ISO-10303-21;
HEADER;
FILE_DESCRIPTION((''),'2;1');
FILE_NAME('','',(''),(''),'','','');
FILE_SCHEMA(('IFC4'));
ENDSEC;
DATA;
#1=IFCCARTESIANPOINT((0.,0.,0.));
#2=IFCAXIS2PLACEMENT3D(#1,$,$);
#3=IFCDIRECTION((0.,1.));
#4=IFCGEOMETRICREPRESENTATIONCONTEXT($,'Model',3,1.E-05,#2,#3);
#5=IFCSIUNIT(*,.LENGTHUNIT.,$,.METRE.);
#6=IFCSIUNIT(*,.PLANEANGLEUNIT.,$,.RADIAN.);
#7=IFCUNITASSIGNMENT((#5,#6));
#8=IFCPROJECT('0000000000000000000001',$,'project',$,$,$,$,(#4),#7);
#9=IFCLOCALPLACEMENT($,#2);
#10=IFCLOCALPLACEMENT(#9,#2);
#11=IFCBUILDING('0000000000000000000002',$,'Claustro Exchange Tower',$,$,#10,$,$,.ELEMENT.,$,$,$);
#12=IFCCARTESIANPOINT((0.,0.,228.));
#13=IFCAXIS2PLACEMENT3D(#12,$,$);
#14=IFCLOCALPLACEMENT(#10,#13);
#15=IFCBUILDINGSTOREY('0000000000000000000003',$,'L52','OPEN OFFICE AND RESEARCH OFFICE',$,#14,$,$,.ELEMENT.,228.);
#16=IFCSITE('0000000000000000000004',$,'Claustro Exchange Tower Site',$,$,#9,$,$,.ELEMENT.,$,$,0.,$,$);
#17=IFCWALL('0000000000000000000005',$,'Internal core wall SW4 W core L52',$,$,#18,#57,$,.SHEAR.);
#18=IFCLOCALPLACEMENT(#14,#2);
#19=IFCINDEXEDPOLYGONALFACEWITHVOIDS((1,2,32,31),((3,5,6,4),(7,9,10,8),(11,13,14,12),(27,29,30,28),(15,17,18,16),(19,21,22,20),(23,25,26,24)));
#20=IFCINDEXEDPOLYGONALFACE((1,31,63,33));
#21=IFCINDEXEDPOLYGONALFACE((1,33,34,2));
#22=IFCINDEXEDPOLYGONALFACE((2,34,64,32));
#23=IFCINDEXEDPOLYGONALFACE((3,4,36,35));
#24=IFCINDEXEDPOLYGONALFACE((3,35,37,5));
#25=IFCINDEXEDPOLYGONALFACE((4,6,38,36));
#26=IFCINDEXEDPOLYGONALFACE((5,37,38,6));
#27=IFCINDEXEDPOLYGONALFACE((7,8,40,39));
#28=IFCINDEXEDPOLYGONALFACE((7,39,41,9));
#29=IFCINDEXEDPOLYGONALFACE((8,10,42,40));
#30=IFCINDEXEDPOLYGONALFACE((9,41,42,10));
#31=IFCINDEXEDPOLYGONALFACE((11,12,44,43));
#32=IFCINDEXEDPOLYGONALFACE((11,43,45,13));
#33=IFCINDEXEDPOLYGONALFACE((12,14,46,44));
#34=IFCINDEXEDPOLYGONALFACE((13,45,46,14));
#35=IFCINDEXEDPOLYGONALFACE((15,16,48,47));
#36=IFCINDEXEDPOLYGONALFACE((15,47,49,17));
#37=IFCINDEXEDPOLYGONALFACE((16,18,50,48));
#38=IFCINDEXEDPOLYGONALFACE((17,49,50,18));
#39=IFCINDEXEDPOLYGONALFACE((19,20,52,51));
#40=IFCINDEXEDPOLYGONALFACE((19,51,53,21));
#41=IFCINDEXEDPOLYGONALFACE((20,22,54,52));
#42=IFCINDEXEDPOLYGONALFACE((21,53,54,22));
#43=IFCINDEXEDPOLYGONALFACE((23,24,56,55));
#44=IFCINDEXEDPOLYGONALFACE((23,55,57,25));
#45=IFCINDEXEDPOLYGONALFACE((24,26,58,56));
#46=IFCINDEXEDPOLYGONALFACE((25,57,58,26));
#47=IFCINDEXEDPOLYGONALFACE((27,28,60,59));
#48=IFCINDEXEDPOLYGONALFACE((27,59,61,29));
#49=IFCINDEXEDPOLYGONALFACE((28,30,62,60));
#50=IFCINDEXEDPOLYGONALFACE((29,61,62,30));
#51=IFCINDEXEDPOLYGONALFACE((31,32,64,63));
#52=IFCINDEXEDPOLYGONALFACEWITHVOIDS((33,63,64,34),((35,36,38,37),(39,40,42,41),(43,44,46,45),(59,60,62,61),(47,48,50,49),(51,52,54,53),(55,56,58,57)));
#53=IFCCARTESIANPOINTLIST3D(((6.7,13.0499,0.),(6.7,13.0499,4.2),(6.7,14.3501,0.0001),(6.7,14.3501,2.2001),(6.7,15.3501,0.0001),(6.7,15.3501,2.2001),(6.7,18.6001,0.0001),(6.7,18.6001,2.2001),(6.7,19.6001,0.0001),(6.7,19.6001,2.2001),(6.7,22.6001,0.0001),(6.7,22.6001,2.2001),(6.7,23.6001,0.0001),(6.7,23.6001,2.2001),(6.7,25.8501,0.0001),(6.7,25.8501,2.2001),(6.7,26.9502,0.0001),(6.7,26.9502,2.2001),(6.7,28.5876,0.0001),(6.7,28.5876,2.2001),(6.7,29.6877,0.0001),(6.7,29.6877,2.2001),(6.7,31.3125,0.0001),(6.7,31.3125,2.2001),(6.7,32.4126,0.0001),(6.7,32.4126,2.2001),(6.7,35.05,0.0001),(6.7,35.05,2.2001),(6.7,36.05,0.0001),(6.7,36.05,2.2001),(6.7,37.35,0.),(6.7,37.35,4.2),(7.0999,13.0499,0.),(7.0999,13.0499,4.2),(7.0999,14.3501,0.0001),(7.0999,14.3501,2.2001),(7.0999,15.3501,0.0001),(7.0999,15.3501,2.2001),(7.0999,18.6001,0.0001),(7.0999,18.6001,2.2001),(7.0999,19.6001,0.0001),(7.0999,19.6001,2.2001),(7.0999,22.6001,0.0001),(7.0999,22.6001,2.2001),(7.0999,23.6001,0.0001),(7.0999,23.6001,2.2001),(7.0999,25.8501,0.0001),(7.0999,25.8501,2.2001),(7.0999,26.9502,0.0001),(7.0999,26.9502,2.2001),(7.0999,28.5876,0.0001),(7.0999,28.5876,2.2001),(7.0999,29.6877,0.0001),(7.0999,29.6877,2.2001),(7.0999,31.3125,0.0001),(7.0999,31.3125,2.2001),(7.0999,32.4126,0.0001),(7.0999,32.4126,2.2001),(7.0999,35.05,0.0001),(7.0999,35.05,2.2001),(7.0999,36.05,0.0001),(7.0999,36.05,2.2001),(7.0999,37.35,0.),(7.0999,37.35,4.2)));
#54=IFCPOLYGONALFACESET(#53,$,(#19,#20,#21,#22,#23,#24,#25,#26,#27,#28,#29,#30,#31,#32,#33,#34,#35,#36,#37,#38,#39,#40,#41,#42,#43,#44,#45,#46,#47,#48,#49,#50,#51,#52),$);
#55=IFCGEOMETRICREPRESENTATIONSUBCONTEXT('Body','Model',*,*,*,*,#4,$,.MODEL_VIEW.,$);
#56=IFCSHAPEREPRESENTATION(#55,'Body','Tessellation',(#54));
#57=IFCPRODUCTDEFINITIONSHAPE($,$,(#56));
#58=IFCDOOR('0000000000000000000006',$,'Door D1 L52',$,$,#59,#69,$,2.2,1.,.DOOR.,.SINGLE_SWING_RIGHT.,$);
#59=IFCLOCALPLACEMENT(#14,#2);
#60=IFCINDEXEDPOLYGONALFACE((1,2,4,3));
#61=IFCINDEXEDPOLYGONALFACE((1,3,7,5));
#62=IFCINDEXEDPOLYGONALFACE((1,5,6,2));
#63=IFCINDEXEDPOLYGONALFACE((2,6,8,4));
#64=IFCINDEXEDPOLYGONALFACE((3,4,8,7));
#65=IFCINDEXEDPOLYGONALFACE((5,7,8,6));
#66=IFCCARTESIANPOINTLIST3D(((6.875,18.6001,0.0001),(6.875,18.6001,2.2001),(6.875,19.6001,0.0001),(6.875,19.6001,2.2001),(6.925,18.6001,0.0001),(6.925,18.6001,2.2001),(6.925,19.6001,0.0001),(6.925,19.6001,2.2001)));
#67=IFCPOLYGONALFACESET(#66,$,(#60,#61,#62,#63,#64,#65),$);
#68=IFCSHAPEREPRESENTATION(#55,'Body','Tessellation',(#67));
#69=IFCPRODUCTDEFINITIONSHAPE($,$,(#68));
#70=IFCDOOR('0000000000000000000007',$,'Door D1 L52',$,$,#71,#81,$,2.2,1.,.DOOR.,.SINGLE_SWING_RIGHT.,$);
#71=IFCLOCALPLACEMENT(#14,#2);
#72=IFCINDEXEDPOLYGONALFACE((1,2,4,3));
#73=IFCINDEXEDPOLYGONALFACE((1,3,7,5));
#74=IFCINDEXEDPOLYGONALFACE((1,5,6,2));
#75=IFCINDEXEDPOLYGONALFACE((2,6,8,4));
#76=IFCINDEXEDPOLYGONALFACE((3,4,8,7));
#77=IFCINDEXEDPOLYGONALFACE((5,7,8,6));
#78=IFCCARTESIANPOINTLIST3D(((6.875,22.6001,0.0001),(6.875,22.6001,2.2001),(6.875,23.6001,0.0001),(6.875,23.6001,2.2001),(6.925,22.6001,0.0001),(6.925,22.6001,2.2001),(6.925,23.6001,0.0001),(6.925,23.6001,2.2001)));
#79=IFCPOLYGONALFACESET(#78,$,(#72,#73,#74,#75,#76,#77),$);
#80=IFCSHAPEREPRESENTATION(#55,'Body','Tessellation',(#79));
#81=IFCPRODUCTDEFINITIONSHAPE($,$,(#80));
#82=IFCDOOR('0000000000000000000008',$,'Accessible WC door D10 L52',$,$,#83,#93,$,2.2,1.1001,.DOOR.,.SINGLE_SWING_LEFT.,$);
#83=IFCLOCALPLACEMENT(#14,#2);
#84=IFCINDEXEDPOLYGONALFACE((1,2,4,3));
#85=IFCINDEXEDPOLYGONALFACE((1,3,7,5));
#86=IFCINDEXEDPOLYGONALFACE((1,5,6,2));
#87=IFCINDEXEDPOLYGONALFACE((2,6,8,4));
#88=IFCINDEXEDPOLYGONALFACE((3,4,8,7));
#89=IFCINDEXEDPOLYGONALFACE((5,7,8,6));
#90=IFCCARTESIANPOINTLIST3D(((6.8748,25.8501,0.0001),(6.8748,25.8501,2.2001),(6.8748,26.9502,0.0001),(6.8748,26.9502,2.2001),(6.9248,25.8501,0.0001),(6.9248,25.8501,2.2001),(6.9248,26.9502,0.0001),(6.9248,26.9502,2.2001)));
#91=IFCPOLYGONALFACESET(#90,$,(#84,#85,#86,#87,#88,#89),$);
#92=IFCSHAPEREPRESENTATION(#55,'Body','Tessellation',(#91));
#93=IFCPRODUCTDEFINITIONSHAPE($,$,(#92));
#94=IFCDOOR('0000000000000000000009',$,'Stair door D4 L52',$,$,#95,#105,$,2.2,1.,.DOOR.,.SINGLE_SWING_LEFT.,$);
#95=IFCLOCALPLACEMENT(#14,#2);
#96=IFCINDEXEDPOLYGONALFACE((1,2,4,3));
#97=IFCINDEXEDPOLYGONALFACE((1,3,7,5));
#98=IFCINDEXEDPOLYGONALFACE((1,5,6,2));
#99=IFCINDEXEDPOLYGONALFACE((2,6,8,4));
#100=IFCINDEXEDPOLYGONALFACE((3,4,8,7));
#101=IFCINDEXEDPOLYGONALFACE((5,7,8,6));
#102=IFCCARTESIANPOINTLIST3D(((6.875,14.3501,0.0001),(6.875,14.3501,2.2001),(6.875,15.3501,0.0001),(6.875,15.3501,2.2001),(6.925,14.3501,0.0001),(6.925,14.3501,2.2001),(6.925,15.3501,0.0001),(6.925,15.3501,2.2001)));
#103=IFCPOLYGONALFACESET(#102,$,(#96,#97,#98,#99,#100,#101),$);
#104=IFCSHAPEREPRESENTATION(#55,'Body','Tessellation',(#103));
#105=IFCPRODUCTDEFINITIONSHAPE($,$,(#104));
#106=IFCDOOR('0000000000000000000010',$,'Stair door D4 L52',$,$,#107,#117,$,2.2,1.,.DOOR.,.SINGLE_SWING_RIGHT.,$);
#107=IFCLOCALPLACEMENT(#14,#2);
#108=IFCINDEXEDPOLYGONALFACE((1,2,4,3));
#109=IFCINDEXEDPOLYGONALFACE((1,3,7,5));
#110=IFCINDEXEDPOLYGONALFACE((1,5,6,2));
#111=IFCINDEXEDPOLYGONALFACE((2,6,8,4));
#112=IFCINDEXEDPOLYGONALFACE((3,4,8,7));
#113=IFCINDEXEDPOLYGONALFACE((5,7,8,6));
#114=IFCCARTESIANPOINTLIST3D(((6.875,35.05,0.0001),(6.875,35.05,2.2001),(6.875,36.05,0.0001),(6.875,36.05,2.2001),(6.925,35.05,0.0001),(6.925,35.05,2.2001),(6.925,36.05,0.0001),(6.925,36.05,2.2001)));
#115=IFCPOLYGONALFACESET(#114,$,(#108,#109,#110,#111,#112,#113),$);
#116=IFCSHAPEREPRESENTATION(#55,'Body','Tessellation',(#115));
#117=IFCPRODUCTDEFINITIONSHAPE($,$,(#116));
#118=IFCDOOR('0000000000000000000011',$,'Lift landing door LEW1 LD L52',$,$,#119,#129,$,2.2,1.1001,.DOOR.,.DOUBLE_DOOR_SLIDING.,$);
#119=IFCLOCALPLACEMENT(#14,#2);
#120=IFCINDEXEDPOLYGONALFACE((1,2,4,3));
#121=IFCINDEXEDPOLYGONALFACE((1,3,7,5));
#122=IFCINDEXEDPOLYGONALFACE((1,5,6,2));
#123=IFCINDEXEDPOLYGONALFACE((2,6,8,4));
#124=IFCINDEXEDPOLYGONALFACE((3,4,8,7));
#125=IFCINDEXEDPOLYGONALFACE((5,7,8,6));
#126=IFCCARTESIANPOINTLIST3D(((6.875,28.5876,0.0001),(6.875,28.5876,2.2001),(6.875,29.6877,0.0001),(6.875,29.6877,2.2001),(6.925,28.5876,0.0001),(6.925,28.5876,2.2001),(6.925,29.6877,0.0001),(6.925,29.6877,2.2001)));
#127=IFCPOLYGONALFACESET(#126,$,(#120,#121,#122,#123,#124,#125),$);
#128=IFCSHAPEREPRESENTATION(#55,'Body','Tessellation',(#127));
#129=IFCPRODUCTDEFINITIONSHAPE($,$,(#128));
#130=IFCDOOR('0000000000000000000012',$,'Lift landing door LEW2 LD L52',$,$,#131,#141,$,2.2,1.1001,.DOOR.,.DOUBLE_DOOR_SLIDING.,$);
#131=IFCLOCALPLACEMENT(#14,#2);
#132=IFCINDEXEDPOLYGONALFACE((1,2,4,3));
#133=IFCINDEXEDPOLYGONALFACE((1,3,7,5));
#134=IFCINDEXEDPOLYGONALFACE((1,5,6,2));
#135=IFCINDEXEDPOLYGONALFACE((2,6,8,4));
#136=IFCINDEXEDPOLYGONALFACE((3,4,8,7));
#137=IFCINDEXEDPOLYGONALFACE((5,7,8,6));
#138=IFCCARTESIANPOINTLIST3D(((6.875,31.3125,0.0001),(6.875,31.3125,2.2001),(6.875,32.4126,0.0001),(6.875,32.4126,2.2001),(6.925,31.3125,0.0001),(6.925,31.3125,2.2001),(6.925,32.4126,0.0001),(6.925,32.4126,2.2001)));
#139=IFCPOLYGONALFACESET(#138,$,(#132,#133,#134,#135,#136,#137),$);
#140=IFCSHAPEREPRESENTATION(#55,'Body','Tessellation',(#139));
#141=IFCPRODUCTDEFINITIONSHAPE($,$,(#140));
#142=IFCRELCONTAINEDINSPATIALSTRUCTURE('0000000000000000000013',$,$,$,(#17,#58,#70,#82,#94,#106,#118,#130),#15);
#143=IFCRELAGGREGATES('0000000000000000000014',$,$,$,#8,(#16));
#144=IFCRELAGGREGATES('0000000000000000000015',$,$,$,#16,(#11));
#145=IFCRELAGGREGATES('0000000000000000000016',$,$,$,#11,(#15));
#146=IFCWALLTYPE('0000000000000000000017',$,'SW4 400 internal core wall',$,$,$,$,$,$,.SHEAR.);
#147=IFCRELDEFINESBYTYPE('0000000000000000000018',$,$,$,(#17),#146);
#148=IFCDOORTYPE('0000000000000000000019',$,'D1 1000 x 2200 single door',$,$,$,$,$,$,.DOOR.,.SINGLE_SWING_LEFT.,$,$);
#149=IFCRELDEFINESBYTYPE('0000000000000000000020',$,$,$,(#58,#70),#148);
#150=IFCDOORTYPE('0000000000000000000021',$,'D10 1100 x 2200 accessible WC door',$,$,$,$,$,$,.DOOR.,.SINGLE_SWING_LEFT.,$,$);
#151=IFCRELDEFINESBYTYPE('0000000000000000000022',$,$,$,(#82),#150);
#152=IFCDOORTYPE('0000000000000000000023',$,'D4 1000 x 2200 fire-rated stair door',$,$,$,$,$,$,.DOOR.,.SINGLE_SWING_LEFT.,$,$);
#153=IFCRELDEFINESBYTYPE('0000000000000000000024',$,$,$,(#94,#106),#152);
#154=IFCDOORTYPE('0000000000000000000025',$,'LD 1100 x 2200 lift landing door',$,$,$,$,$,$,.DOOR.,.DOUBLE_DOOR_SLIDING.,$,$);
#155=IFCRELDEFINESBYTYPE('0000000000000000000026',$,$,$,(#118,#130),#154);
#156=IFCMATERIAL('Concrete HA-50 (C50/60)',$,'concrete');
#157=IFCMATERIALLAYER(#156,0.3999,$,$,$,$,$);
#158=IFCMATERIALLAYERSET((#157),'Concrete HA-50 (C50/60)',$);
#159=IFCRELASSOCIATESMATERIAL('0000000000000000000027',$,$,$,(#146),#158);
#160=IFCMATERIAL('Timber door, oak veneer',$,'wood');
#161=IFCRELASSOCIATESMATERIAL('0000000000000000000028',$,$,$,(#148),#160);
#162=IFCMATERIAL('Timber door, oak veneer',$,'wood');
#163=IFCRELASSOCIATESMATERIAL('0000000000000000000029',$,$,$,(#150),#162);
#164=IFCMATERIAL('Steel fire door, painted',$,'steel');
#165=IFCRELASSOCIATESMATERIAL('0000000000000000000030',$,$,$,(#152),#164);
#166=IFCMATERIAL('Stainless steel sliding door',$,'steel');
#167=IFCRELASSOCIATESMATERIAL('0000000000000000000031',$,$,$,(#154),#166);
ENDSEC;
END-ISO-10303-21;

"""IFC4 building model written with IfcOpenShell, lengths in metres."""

from ifc_helpers import new_model, si_unit, direction, frame, frame_2d, origin, place, context, subcontext, project, spatial, rectangle, extrude, material, layer, layer_set, type_object, element, fill, save


model = new_model("IFC4")

# Units and contexts
model_context = context("Model", 3, precision=1e-05, world=origin(), true_north=direction((0.0, 1.0)))
body_context = subcontext(model_context, "Body", "Model", "MODEL_VIEW")
ifc_project = project(units=[si_unit("LENGTHUNIT", "METRE"), si_unit("PLANEANGLEUNIT", "RADIAN")], contexts=[model_context])

# Site, building, storey
site_placement = place(None, origin())
site = spatial("IfcSite", under=ifc_project, at=site_placement, Name="Claustro Exchange Tower Site", CompositionType="ELEMENT", RefElevation=0.0)
building_placement = place(site_placement, origin())
building = spatial("IfcBuilding", under=site, at=building_placement, Name="Claustro Exchange Tower", CompositionType="ELEMENT")
storey_placement = place(building_placement, frame((0.0, 0.0, 228.0)))
storey = spatial("IfcBuildingStorey", under=building, at=storey_placement, Name="L52", Description="OPEN OFFICE AND RESEARCH OFFICE", CompositionType="ELEMENT", Elevation=228.0)

# Wall, openings, doors
ifc_material_1 = material(Name="Concrete HA-50 (C50/60)", Category="concrete")
ifc_layer_1 = layer(ifc_material_1, 0.3999)
ifc_layer_set_1 = layer_set([ifc_layer_1], Name="Concrete HA-50 (C50/60)")
wall_type_1 = type_object("IfcWallType", Name="SW4 400 internal core wall", PredefinedType="SHEAR", material=ifc_layer_set_1)
wall_1_placement = place(storey_placement, frame((6.8999, 13.05, 0.0), z_axis=(0.0, 0.0, 1.0), x_axis=(0.0, 1.0, 0.0)))
wall_1 = element("IfcWall", 1, at=wall_1_placement, inside=storey, type_object=wall_type_1, Name="Internal core wall SW4 W core L52", PredefinedType="SHEAR", context=body_context, shape_type="SweptSolid", body=[
    extrude(rectangle(XDim=24.3, YDim=0.3999, at=frame_2d((12.1499, 0.0))), origin(), (0.0, 0.0, 1.0), 4.2),
])
opening_1_placement = place(wall_1_placement, frame((1.3, 0.0, 0.0)))
opening_1 = element("IfcOpeningElement", 2, at=opening_1_placement, cuts=wall_1, PredefinedType="OPENING", context=body_context, shape_type="SweptSolid", body=[
    extrude(rectangle(XDim=1.0, YDim=2.2, at=frame_2d((0.5, 1.1001))), frame((0.0, 0.21, 0.0), z_axis=(0.0, -1.0, 0.0), x_axis=(1.0, 0.0, 0.0)), (0.0, 0.0, 1.0), 0.4199),
])
opening_2_placement = place(wall_1_placement, frame((22.0, 0.0, 0.0)))
opening_2 = element("IfcOpeningElement", 3, at=opening_2_placement, cuts=wall_1, PredefinedType="OPENING", context=body_context, shape_type="SweptSolid", body=[
    extrude(rectangle(XDim=1.0, YDim=2.2, at=frame_2d((0.5, 1.1001))), frame((0.0, 0.21, 0.0), z_axis=(0.0, -1.0, 0.0), x_axis=(1.0, 0.0, 0.0)), (0.0, 0.0, 1.0), 0.4199),
])
opening_3_placement = place(wall_1_placement, frame((5.55, 0.0, 0.0)))
opening_3 = element("IfcOpeningElement", 4, at=opening_3_placement, cuts=wall_1, PredefinedType="OPENING", context=body_context, shape_type="SweptSolid", body=[
    extrude(rectangle(XDim=1.0, YDim=2.2, at=frame_2d((0.5, 1.1001))), frame((0.0, 0.21, 0.0), z_axis=(0.0, -1.0, 0.0), x_axis=(1.0, 0.0, 0.0)), (0.0, 0.0, 1.0), 0.4199),
])
opening_4_placement = place(wall_1_placement, frame((9.55, 0.0, 0.0)))
opening_4 = element("IfcOpeningElement", 5, at=opening_4_placement, cuts=wall_1, PredefinedType="OPENING", context=body_context, shape_type="SweptSolid", body=[
    extrude(rectangle(XDim=1.0, YDim=2.2, at=frame_2d((0.5, 1.1001))), frame((0.0, 0.21, 0.0), z_axis=(0.0, -1.0, 0.0), x_axis=(1.0, 0.0, 0.0)), (0.0, 0.0, 1.0), 0.4199),
])
opening_5_placement = place(wall_1_placement, frame((12.8, 0.0, 0.0)))
opening_5 = element("IfcOpeningElement", 6, at=opening_5_placement, cuts=wall_1, PredefinedType="OPENING", context=body_context, shape_type="SweptSolid", body=[
    extrude(rectangle(XDim=1.1001, YDim=2.2, at=frame_2d((0.55, 1.1001))), frame((0.0, 0.21, 0.0), z_axis=(0.0, -1.0, 0.0), x_axis=(1.0, 0.0, 0.0)), (0.0, 0.0, 1.0), 0.4199),
])
opening_6_placement = place(wall_1_placement, frame((15.5376, 0.0, 0.0)))
opening_6 = element("IfcOpeningElement", 7, at=opening_6_placement, cuts=wall_1, PredefinedType="OPENING", context=body_context, shape_type="SweptSolid", body=[
    extrude(rectangle(XDim=1.1001, YDim=2.2, at=frame_2d((0.55, 1.1001))), frame((0.0, 0.21, 0.0), z_axis=(0.0, -1.0, 0.0), x_axis=(1.0, 0.0, 0.0)), (0.0, 0.0, 1.0), 0.4199),
])
opening_7_placement = place(wall_1_placement, frame((18.2625, 0.0, 0.0)))
opening_7 = element("IfcOpeningElement", 8, at=opening_7_placement, cuts=wall_1, PredefinedType="OPENING", context=body_context, shape_type="SweptSolid", body=[
    extrude(rectangle(XDim=1.1001, YDim=2.2, at=frame_2d((0.55, 1.1001))), frame((0.0, 0.21, 0.0), z_axis=(0.0, -1.0, 0.0), x_axis=(1.0, 0.0, 0.0)), (0.0, 0.0, 1.0), 0.4199),
])
ifc_material_2 = material(Name="Timber door, oak veneer", Category="wood")
door_type_1 = type_object("IfcDoorType", Name="D1 1000 x 2200 single door", OperationType="SINGLE_SWING_LEFT", PredefinedType="DOOR", material=ifc_material_2)
door_1_placement = place(opening_3_placement, origin())
door_1 = element("IfcDoor", 9, at=door_1_placement, inside=storey, type_object=door_type_1, Name="Door D1 L52", OperationType="SINGLE_SWING_RIGHT", OverallHeight=2.2, OverallWidth=1.0, PredefinedType="DOOR", context=body_context, shape_type="SweptSolid", body=[
    extrude(rectangle(XDim=1.0, YDim=2.2, at=frame_2d((0.5, 1.1001))), frame((0.0, 0.0249, 0.0), z_axis=(0.0, -1.0, 0.0), x_axis=(1.0, 0.0, 0.0)), (0.0, 0.0, 1.0), 0.05),
])
fill(opening_3, door_1)
door_2_placement = place(opening_4_placement, origin())
door_2 = element("IfcDoor", 10, at=door_2_placement, inside=storey, type_object=door_type_1, Name="Door D1 L52", OperationType="SINGLE_SWING_RIGHT", OverallHeight=2.2, OverallWidth=1.0, PredefinedType="DOOR", context=body_context, shape_type="SweptSolid", body=[
    extrude(rectangle(XDim=1.0, YDim=2.2, at=frame_2d((0.5, 1.1001))), frame((0.0, 0.0249, 0.0), z_axis=(0.0, -1.0, 0.0), x_axis=(1.0, 0.0, 0.0)), (0.0, 0.0, 1.0), 0.05),
])
fill(opening_4, door_2)
ifc_material_3 = material(Name="Timber door, oak veneer", Category="wood")
door_type_2 = type_object("IfcDoorType", Name="D10 1100 x 2200 accessible WC door", OperationType="SINGLE_SWING_LEFT", PredefinedType="DOOR", material=ifc_material_3)
door_3_placement = place(opening_5_placement, frame((1.1001, 0.0, 0.0), z_axis=(0.0, 0.0, 1.0), x_axis=(-1.0, 0.0, 0.0)))
door_3 = element("IfcDoor", 11, at=door_3_placement, inside=storey, type_object=door_type_2, Name="Accessible WC door D10 L52", OperationType="SINGLE_SWING_LEFT", OverallHeight=2.2, OverallWidth=1.1001, PredefinedType="DOOR", context=body_context, shape_type="SweptSolid", body=[
    extrude(rectangle(XDim=1.1001, YDim=2.2, at=frame_2d((0.55, 1.1001))), frame((0.0, 0.0249, 0.0), z_axis=(0.0, -1.0, 0.0), x_axis=(1.0, 0.0, 0.0)), (0.0, 0.0, 1.0), 0.05),
])
fill(opening_5, door_3)
ifc_material_4 = material(Name="Steel fire door, painted", Category="steel")
door_type_3 = type_object("IfcDoorType", Name="D4 1000 x 2200 fire-rated stair door", OperationType="SINGLE_SWING_LEFT", PredefinedType="DOOR", material=ifc_material_4)
door_4_placement = place(opening_1_placement, origin())
door_4 = element("IfcDoor", 12, at=door_4_placement, inside=storey, type_object=door_type_3, Name="Stair door D4 L52", OperationType="SINGLE_SWING_LEFT", OverallHeight=2.2, OverallWidth=1.0, PredefinedType="DOOR", context=body_context, shape_type="SweptSolid", body=[
    extrude(rectangle(XDim=1.0, YDim=2.2, at=frame_2d((0.5, 1.1001))), frame((0.0, 0.0249, 0.0), z_axis=(0.0, -1.0, 0.0), x_axis=(1.0, 0.0, 0.0)), (0.0, 0.0, 1.0), 0.05),
])
fill(opening_1, door_4)
door_5_placement = place(opening_2_placement, origin())
door_5 = element("IfcDoor", 13, at=door_5_placement, inside=storey, type_object=door_type_3, Name="Stair door D4 L52", OperationType="SINGLE_SWING_RIGHT", OverallHeight=2.2, OverallWidth=1.0, PredefinedType="DOOR", context=body_context, shape_type="SweptSolid", body=[
    extrude(rectangle(XDim=1.0, YDim=2.2, at=frame_2d((0.5, 1.1001))), frame((0.0, 0.0249, 0.0), z_axis=(0.0, -1.0, 0.0), x_axis=(1.0, 0.0, 0.0)), (0.0, 0.0, 1.0), 0.05),
])
fill(opening_2, door_5)
ifc_material_5 = material(Name="Stainless steel sliding door", Category="steel")
door_type_4 = type_object("IfcDoorType", Name="LD 1100 x 2200 lift landing door", OperationType="DOUBLE_DOOR_SLIDING", PredefinedType="DOOR", material=ifc_material_5)
door_6_placement = place(opening_6_placement, origin())
door_6 = element("IfcDoor", 14, at=door_6_placement, inside=storey, type_object=door_type_4, Name="Lift landing door LEW1 LD L52", OperationType="DOUBLE_DOOR_SLIDING", OverallHeight=2.2, OverallWidth=1.1001, PredefinedType="DOOR", context=body_context, shape_type="SweptSolid", body=[
    extrude(rectangle(XDim=1.1001, YDim=2.2, at=frame_2d((0.55, 1.1001))), frame((0.0, 0.0249, 0.0), z_axis=(0.0, -1.0, 0.0), x_axis=(1.0, 0.0, 0.0)), (0.0, 0.0, 1.0), 0.05),
])
fill(opening_6, door_6)
door_7_placement = place(opening_7_placement, origin())
door_7 = element("IfcDoor", 15, at=door_7_placement, inside=storey, type_object=door_type_4, Name="Lift landing door LEW2 LD L52", OperationType="DOUBLE_DOOR_SLIDING", OverallHeight=2.2, OverallWidth=1.1001, PredefinedType="DOOR", context=body_context, shape_type="SweptSolid", body=[
    extrude(rectangle(XDim=1.1001, YDim=2.2, at=frame_2d((0.55, 1.1001))), frame((0.0, 0.0249, 0.0), z_axis=(0.0, -1.0, 0.0), x_axis=(1.0, 0.0, 0.0)), (0.0, 0.0, 1.0), 0.05),
])
fill(opening_7, door_7)

save(model, "model.ifc")
